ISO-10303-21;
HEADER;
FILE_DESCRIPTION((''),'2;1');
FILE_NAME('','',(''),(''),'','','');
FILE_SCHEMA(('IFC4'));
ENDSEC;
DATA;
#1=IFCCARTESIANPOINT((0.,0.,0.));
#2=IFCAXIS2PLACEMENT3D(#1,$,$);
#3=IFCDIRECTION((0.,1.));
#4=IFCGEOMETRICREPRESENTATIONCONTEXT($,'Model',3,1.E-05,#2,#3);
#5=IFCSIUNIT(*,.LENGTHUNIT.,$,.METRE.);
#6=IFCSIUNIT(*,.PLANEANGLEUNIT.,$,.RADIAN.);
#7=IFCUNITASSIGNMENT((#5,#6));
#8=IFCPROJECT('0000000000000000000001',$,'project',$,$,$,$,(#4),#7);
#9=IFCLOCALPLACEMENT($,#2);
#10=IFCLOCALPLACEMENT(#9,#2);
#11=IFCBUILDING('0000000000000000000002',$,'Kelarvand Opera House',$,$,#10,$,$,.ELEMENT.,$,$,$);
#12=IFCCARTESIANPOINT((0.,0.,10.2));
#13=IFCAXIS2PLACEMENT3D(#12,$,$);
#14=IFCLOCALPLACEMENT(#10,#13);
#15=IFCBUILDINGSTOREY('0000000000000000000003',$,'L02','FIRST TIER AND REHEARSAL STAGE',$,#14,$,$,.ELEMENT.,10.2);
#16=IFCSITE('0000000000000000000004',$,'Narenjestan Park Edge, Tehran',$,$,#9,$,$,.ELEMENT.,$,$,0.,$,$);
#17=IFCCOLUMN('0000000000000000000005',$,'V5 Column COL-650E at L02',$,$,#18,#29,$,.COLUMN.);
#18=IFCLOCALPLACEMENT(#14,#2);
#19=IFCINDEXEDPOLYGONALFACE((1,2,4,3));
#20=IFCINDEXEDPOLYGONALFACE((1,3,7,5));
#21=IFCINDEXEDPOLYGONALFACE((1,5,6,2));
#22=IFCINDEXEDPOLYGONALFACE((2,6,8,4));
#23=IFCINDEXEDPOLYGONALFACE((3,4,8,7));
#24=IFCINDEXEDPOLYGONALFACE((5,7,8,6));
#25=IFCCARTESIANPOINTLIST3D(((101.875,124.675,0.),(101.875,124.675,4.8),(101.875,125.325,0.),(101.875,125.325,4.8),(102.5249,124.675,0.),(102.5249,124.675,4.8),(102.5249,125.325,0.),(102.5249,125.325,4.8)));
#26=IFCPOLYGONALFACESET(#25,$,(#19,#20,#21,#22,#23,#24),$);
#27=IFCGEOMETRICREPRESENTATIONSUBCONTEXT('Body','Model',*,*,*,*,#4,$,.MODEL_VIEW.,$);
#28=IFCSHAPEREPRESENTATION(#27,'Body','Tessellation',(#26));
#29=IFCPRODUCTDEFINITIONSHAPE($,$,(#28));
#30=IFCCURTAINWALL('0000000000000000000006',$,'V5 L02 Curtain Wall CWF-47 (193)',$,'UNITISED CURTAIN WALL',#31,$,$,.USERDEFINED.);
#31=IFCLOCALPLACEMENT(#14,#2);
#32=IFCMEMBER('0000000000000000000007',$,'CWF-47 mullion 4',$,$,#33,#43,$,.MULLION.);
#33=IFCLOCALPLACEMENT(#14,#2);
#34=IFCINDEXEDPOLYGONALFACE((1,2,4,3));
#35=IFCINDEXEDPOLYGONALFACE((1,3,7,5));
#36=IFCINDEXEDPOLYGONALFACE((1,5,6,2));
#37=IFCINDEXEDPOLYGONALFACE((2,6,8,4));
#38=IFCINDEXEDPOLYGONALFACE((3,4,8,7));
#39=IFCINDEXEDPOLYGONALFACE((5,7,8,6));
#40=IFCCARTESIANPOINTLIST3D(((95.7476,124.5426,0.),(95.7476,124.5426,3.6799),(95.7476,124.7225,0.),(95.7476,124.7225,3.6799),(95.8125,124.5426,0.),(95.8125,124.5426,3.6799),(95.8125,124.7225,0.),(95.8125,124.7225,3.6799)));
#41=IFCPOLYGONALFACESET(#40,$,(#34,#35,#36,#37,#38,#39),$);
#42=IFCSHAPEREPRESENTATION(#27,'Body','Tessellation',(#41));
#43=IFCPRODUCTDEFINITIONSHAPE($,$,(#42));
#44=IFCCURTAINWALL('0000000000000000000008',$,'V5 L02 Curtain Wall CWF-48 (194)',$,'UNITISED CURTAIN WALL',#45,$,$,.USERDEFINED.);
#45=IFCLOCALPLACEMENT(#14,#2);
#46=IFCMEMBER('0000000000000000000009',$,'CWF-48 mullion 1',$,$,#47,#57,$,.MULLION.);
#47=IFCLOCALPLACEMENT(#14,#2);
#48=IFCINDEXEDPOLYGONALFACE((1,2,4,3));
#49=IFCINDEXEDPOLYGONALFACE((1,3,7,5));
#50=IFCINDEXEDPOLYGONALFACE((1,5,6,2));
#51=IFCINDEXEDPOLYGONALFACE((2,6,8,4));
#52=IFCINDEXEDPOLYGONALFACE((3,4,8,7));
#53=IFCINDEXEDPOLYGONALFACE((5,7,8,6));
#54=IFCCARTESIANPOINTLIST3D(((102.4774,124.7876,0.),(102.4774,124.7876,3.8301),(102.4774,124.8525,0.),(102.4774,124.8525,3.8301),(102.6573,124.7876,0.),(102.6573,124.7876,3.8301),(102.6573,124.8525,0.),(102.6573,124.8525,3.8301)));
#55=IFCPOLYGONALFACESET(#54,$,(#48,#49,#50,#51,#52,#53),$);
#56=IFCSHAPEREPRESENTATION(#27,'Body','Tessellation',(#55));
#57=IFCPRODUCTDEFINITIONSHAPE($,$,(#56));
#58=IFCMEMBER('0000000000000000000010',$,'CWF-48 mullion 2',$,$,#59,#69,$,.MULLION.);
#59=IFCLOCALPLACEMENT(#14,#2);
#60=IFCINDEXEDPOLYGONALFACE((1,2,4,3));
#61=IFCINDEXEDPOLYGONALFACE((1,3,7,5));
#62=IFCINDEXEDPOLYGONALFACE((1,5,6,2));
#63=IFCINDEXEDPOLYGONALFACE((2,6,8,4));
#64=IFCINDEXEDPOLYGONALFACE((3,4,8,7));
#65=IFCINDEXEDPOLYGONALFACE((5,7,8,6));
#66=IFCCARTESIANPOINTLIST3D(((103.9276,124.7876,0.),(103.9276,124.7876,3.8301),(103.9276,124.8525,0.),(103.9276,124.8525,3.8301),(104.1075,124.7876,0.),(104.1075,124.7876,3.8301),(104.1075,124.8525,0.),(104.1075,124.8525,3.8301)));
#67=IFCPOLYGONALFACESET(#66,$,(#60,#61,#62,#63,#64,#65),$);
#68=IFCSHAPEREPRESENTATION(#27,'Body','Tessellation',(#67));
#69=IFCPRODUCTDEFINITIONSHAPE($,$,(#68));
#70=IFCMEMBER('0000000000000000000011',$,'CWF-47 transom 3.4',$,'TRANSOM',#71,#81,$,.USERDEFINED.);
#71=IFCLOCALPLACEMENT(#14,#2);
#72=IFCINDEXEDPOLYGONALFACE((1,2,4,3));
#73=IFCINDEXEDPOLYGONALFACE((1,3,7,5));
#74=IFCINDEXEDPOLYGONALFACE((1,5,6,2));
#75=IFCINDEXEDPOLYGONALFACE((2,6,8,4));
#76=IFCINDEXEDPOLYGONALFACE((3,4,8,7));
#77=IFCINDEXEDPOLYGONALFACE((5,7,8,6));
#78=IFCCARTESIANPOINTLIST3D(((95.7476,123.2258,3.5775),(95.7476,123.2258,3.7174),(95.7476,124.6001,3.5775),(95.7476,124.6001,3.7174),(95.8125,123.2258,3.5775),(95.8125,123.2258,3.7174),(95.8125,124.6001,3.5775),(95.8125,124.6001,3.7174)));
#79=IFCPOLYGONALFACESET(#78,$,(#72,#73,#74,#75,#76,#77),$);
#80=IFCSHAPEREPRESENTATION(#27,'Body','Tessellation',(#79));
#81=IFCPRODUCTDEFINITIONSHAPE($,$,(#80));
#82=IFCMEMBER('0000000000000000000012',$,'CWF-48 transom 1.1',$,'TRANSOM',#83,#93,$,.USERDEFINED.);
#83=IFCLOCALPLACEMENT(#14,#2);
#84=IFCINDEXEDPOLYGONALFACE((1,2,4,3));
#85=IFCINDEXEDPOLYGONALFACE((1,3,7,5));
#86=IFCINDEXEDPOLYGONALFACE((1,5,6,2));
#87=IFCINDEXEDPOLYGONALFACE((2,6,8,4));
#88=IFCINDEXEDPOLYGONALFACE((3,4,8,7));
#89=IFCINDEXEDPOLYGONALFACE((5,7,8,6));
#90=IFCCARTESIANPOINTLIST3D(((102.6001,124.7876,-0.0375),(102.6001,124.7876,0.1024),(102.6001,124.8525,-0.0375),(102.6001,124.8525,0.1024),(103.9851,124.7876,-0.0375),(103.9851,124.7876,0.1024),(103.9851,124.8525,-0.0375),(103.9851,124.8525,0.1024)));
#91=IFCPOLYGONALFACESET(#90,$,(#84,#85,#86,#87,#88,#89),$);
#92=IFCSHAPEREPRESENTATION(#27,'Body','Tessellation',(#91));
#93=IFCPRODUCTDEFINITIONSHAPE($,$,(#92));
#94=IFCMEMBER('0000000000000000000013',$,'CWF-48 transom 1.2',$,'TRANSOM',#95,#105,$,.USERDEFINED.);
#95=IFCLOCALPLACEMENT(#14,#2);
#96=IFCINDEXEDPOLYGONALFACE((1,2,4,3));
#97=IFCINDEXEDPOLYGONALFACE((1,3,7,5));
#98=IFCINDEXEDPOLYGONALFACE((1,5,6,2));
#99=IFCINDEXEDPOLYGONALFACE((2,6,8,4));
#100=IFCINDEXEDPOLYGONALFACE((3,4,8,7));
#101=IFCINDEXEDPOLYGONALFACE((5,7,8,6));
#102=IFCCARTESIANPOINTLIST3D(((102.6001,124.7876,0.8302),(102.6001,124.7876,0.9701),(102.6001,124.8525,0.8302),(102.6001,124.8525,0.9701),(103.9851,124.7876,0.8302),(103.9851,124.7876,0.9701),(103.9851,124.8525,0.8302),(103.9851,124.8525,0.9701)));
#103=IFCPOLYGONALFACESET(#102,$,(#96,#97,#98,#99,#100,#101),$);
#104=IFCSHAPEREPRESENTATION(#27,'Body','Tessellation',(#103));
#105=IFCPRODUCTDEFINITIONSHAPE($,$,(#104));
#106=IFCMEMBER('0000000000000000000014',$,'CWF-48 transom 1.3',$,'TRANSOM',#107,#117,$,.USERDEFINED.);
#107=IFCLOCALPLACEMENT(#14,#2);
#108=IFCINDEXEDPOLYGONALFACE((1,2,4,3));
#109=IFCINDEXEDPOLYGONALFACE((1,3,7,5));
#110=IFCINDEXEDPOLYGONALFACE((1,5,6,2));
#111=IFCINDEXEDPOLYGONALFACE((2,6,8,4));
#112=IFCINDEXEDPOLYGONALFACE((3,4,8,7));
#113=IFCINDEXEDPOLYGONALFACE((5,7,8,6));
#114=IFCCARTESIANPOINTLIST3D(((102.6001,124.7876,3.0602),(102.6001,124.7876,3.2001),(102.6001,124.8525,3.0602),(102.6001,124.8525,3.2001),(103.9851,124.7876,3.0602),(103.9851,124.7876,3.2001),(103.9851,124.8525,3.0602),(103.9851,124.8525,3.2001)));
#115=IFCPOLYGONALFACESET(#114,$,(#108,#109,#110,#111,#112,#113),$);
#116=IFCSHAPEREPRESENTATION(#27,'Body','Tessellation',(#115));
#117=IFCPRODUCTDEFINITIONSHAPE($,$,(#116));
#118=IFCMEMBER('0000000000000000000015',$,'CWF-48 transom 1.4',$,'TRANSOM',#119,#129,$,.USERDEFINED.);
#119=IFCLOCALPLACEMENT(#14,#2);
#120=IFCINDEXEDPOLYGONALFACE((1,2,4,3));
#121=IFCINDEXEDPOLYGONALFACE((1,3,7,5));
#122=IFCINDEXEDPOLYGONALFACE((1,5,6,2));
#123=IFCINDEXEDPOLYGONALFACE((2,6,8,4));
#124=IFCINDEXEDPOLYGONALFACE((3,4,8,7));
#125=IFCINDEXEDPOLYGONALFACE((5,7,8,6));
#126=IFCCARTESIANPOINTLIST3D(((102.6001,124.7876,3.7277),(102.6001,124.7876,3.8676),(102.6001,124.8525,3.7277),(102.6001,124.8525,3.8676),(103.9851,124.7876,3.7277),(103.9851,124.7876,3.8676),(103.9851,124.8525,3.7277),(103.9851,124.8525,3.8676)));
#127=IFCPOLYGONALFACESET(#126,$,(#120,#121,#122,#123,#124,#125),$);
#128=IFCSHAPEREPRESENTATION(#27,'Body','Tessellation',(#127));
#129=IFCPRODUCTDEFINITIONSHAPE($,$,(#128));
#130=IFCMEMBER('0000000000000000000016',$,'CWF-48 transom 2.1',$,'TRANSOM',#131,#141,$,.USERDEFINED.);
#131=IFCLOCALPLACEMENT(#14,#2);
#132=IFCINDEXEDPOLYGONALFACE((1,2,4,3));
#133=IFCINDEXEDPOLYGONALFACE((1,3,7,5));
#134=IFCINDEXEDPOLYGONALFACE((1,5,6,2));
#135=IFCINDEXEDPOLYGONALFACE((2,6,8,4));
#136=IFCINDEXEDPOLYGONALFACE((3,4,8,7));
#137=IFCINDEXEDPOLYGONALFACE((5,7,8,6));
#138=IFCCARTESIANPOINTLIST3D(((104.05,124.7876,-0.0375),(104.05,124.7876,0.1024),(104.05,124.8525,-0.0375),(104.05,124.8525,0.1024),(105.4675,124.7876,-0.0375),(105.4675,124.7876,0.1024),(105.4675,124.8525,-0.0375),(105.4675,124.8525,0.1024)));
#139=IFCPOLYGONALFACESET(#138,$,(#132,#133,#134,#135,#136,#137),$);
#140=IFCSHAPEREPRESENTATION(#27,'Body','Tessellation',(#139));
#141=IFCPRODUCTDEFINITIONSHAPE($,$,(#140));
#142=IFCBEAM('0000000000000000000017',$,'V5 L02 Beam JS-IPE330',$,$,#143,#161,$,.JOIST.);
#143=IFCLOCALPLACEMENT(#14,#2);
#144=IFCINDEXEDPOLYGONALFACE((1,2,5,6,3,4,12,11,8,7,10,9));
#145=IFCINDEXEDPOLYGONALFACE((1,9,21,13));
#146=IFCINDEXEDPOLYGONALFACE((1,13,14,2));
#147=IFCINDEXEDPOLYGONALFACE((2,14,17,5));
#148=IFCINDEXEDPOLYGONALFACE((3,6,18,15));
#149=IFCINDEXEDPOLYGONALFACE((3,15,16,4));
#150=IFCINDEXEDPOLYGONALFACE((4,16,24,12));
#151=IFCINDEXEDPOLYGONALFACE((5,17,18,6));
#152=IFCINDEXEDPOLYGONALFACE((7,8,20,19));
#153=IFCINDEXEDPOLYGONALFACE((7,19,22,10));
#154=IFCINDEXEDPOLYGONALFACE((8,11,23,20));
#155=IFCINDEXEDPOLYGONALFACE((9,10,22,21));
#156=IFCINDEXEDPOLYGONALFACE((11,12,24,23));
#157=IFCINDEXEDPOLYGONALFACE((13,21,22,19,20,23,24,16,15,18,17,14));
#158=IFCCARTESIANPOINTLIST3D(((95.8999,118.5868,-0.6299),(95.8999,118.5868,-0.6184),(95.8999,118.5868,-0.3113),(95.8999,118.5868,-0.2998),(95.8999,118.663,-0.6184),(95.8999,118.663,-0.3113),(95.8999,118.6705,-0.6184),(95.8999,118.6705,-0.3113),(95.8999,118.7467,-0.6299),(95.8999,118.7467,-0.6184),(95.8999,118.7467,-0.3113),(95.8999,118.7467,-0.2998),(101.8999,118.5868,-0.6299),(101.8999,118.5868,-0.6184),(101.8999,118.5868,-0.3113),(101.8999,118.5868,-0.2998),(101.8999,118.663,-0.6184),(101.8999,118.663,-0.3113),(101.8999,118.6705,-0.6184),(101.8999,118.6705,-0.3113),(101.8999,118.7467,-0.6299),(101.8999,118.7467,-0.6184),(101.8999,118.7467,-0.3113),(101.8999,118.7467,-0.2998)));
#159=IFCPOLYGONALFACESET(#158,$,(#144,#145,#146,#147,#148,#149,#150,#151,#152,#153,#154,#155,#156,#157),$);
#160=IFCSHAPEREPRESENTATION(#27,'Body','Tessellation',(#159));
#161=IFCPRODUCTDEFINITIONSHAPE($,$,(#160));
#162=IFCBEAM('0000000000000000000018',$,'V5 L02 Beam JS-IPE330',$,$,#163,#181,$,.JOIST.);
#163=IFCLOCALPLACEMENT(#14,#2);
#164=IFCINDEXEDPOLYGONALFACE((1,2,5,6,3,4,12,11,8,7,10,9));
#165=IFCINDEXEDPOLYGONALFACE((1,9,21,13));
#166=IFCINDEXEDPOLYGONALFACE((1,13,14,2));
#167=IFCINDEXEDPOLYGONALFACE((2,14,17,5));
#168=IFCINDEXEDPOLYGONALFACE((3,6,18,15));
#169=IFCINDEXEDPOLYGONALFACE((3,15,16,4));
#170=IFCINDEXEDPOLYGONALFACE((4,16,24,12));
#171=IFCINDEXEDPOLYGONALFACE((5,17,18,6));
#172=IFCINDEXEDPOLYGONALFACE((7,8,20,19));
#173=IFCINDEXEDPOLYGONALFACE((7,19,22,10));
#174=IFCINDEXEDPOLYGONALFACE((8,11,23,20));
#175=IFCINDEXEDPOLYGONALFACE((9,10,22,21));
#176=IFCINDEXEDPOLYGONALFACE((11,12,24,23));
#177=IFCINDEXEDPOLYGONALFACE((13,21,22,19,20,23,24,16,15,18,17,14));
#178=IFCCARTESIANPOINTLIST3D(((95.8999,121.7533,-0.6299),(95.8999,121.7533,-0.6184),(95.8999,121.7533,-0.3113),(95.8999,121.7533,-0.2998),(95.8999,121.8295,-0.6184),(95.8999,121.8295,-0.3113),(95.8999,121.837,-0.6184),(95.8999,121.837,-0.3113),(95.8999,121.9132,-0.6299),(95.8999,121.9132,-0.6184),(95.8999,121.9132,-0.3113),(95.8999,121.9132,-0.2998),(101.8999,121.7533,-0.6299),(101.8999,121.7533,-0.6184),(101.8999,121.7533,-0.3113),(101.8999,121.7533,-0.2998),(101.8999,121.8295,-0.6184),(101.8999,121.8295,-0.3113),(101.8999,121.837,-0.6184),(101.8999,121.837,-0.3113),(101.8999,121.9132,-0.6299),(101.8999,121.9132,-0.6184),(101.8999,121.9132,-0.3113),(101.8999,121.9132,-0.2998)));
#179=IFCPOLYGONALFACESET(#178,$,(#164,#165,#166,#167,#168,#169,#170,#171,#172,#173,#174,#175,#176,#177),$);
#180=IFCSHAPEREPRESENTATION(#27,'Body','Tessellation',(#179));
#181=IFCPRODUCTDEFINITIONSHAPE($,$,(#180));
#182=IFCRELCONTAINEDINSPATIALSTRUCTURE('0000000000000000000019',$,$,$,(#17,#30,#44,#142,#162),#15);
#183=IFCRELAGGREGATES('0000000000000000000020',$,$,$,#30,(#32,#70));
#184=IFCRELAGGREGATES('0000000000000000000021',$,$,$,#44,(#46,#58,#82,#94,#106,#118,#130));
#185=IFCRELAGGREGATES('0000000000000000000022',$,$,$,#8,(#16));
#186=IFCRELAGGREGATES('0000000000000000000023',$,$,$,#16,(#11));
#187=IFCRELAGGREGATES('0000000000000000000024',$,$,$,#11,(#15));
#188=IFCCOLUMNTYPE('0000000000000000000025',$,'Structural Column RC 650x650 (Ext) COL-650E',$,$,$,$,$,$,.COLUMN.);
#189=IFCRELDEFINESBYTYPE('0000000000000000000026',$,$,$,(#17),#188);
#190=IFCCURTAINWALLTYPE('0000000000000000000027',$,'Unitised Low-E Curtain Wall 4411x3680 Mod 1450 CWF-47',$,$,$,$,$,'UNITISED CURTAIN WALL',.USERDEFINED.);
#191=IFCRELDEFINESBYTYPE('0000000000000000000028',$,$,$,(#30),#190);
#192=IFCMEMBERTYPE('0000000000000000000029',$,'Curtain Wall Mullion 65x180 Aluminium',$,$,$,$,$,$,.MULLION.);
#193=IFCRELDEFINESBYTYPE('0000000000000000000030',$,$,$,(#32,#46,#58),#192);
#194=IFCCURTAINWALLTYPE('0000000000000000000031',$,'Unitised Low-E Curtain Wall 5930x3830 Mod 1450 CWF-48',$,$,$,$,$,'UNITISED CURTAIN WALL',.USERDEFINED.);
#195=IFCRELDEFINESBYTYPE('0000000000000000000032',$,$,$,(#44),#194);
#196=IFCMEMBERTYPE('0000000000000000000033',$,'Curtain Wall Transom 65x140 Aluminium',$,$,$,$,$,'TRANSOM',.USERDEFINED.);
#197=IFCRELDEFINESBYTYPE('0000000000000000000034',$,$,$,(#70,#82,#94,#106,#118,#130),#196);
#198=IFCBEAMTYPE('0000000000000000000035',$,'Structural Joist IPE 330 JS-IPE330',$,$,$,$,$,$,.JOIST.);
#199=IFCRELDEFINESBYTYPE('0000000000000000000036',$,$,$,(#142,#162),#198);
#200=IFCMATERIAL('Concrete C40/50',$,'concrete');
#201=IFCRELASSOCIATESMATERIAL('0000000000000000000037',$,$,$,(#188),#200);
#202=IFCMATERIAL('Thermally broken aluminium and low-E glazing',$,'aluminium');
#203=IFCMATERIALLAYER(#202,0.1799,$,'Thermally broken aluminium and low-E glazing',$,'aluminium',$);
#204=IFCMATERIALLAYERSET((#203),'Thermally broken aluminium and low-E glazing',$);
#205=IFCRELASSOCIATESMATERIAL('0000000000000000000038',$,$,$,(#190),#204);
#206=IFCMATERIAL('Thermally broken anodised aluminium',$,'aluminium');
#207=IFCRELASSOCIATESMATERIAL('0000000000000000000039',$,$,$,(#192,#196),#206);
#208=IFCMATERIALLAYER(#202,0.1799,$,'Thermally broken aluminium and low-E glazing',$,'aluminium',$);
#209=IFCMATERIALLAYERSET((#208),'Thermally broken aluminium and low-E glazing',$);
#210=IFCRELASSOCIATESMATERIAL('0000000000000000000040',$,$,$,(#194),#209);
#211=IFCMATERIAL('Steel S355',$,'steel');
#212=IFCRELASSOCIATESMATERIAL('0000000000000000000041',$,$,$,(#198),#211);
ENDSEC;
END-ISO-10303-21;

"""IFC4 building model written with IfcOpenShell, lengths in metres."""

from ifc_helpers import new_model, si_unit, direction, frame, origin, origin_2d, place, context, subcontext, project, spatial, rectangle, i_section, extrude, material, layer, layer_set, material_profile, profile_set, type_object, element, aggregate, save


model = new_model("IFC4")

# Units and contexts
model_context = context("Model", 3, precision=1e-05, world=origin(), true_north=direction((0.0, 1.0)))
body_context = subcontext(model_context, "Body", "Model", "MODEL_VIEW")
ifc_project = project(units=[si_unit("LENGTHUNIT", "METRE"), si_unit("PLANEANGLEUNIT", "RADIAN")], contexts=[model_context])

# Site, building, storey
site_placement = place(None, origin())
site = spatial("IfcSite", under=ifc_project, at=site_placement, Name="Narenjestan Park Edge, Tehran", CompositionType="ELEMENT", RefElevation=0.0)
building_placement = place(site_placement, origin())
building = spatial("IfcBuilding", under=site, at=building_placement, Name="Kelarvand Opera House", CompositionType="ELEMENT")
storey_placement = place(building_placement, frame((0.0, 0.0, 10.2)))
storey = spatial("IfcBuildingStorey", under=building, at=storey_placement, Name="L02", Description="FIRST TIER AND REHEARSAL STAGE", CompositionType="ELEMENT", Elevation=10.2)

# Column
ifc_material_1 = material(Name="Concrete C40/50", Category="concrete")
ifc_material_profile_1 = material_profile(ifc_material_1, rectangle(XDim=0.6499, YDim=0.6499, at=origin_2d()), Name="RC 650x650", Category="concrete")
ifc_profile_set_1 = profile_set([ifc_material_profile_1], Name="Concrete C40/50")
column_type = type_object("IfcColumnType", Name="Structural Column RC 650x650 (Ext) COL-650E", PredefinedType="COLUMN", material=ifc_profile_set_1)
column_placement = place(storey_placement, frame((102.2, 125.0, 0.0), z_axis=(0.0, 0.0, 1.0), x_axis=(1.0, 0.0, 0.0)))
element("IfcColumn", 1, at=column_placement, inside=storey, type_object=column_type, Name="V5 Column COL-650E at L02", PredefinedType="COLUMN", context=body_context, shape_type="SweptSolid", body=[
    extrude(rectangle(XDim=0.6499, YDim=0.6499, at=origin_2d()), origin(), (0.0, 0.0, 1.0), 4.8),
])

# Curtain wall, member
ifc_material_2 = material(Name="Thermally broken aluminium and low-E glazing", Category="aluminium")
ifc_layer_1 = layer(ifc_material_2, 0.1799, Name="Thermally broken aluminium and low-E glazing", Category="aluminium")
ifc_layer_set_1 = layer_set([ifc_layer_1], Name="Thermally broken aluminium and low-E glazing")
curtain_wall_type_1 = type_object("IfcCurtainWallType", Name="Unitised Low-E Curtain Wall 4411x3680 Mod 1450 CWF-47", ElementType="UNITISED CURTAIN WALL", PredefinedType="USERDEFINED", material=ifc_layer_set_1)
curtain_wall_1_placement = place(storey_placement, origin())
curtain_wall_1 = element("IfcCurtainWall", 2, at=curtain_wall_1_placement, inside=storey, type_object=curtain_wall_type_1, Name="V5 L02 Curtain Wall CWF-47 (193)", ObjectType="UNITISED CURTAIN WALL", PredefinedType="USERDEFINED")
ifc_material_3 = material(Name="Thermally broken anodised aluminium", Category="aluminium")
ifc_material_profile_2 = material_profile(ifc_material_3, rectangle(XDim=0.0649, YDim=0.1799, at=origin_2d()), Name="ALU MULLION 65x180", Category="aluminium")
ifc_profile_set_2 = profile_set([ifc_material_profile_2], Name="Thermally broken anodised aluminium")
member_type_1 = type_object("IfcMemberType", Name="Curtain Wall Mullion 65x180 Aluminium", PredefinedType="MULLION", material=ifc_profile_set_2)
member_1_placement = place(storey_placement, frame((95.78, 124.6326, 0.0), z_axis=(0.0, 0.0, 1.0), x_axis=(-1.0, 0.0, 0.0)))
member_1 = element("IfcMember", 3, at=member_1_placement, type_object=member_type_1, Name="CWF-47 mullion 4", PredefinedType="MULLION", context=body_context, shape_type="SweptSolid", body=[
    extrude(rectangle(XDim=0.0649, YDim=0.1799, at=origin_2d()), origin(), (0.0, 0.0, 1.0), 3.6799),
])

# Curtain wall, members
ifc_layer_2 = layer(ifc_material_2, 0.1799, Name="Thermally broken aluminium and low-E glazing", Category="aluminium")
ifc_layer_set_2 = layer_set([ifc_layer_2], Name="Thermally broken aluminium and low-E glazing")
curtain_wall_type_2 = type_object("IfcCurtainWallType", Name="Unitised Low-E Curtain Wall 5930x3830 Mod 1450 CWF-48", ElementType="UNITISED CURTAIN WALL", PredefinedType="USERDEFINED", material=ifc_layer_set_2)
curtain_wall_2_placement = place(storey_placement, origin())
curtain_wall_2 = element("IfcCurtainWall", 4, at=curtain_wall_2_placement, inside=storey, type_object=curtain_wall_type_2, Name="V5 L02 Curtain Wall CWF-48 (194)", ObjectType="UNITISED CURTAIN WALL", PredefinedType="USERDEFINED")
member_2_placement = place(storey_placement, frame((102.5674, 124.8201, 0.0), z_axis=(0.0, 0.0, 1.0), x_axis=(0.0, 1.0, 0.0)))
member_2 = element("IfcMember", 5, at=member_2_placement, type_object=member_type_1, Name="CWF-48 mullion 1", PredefinedType="MULLION", context=body_context, shape_type="SweptSolid", body=[
    extrude(rectangle(XDim=0.0649, YDim=0.1799, at=origin_2d()), origin(), (0.0, 0.0, 1.0), 3.8301),
])
member_3_placement = place(storey_placement, frame((104.0176, 124.8201, 0.0), z_axis=(0.0, 0.0, 1.0), x_axis=(0.0, 1.0, 0.0)))
member_3 = element("IfcMember", 6, at=member_3_placement, type_object=member_type_1, Name="CWF-48 mullion 2", PredefinedType="MULLION", context=body_context, shape_type="SweptSolid", body=[
    extrude(rectangle(XDim=0.0649, YDim=0.1799, at=origin_2d()), origin(), (0.0, 0.0, 1.0), 3.8301),
])

# Members
ifc_material_profile_3 = material_profile(ifc_material_3, rectangle(XDim=0.0649, YDim=0.1399, at=origin_2d()), Name="ALU TRANSOM 65x140", Category="aluminium")
ifc_profile_set_3 = profile_set([ifc_material_profile_3], Name="Thermally broken anodised aluminium")
member_type_2 = type_object("IfcMemberType", Name="Curtain Wall Transom 65x140 Aluminium", ElementType="TRANSOM", PredefinedType="USERDEFINED", material=ifc_profile_set_3)
member_4_placement = place(storey_placement, frame((95.78, 123.2258, 3.6475), z_axis=(0.0, 1.0, 0.0), x_axis=(-1.0, 0.0, 0.0)))
member_4 = element("IfcMember", 7, at=member_4_placement, type_object=member_type_2, Name="CWF-47 transom 3.4", ObjectType="TRANSOM", PredefinedType="USERDEFINED", context=body_context, shape_type="SweptSolid", body=[
    extrude(rectangle(XDim=0.0649, YDim=0.1399, at=origin_2d()), origin(), (0.0, 0.0, 1.0), 1.3743),
])
member_5_placement = place(storey_placement, frame((102.6001, 124.8201, 0.0325), z_axis=(1.0, 0.0, 0.0), x_axis=(0.0, 1.0, 0.0)))
member_5 = element("IfcMember", 8, at=member_5_placement, type_object=member_type_2, Name="CWF-48 transom 1.1", ObjectType="TRANSOM", PredefinedType="USERDEFINED", context=body_context, shape_type="SweptSolid", body=[
    extrude(rectangle(XDim=0.0649, YDim=0.1399, at=origin_2d()), origin(), (0.0, 0.0, 1.0), 1.385),
])
member_6_placement = place(storey_placement, frame((102.6001, 124.8201, 0.9001), z_axis=(1.0, 0.0, 0.0), x_axis=(0.0, 1.0, 0.0)))
member_6 = element("IfcMember", 9, at=member_6_placement, type_object=member_type_2, Name="CWF-48 transom 1.2", ObjectType="TRANSOM", PredefinedType="USERDEFINED", context=body_context, shape_type="SweptSolid", body=[
    extrude(rectangle(XDim=0.0649, YDim=0.1399, at=origin_2d()), origin(), (0.0, 0.0, 1.0), 1.385),
])
member_7_placement = place(storey_placement, frame((102.6001, 124.8201, 3.1301), z_axis=(1.0, 0.0, 0.0), x_axis=(0.0, 1.0, 0.0)))
member_7 = element("IfcMember", 10, at=member_7_placement, type_object=member_type_2, Name="CWF-48 transom 1.3", ObjectType="TRANSOM", PredefinedType="USERDEFINED", context=body_context, shape_type="SweptSolid", body=[
    extrude(rectangle(XDim=0.0649, YDim=0.1399, at=origin_2d()), origin(), (0.0, 0.0, 1.0), 1.385),
])
member_8_placement = place(storey_placement, frame((102.6001, 124.8201, 3.7976), z_axis=(1.0, 0.0, 0.0), x_axis=(0.0, 1.0, 0.0)))
member_8 = element("IfcMember", 11, at=member_8_placement, type_object=member_type_2, Name="CWF-48 transom 1.4", ObjectType="TRANSOM", PredefinedType="USERDEFINED", context=body_context, shape_type="SweptSolid", body=[
    extrude(rectangle(XDim=0.0649, YDim=0.1399, at=origin_2d()), origin(), (0.0, 0.0, 1.0), 1.385),
])
member_9_placement = place(storey_placement, frame((104.05, 124.8201, 0.0325), z_axis=(1.0, 0.0, 0.0), x_axis=(0.0, 1.0, 0.0)))
member_9 = element("IfcMember", 12, at=member_9_placement, type_object=member_type_2, Name="CWF-48 transom 2.1", ObjectType="TRANSOM", PredefinedType="USERDEFINED", context=body_context, shape_type="SweptSolid", body=[
    extrude(rectangle(XDim=0.0649, YDim=0.1399, at=origin_2d()), origin(), (0.0, 0.0, 1.0), 1.4175),
])

# Beams
ifc_material_4 = material(Name="Steel S355", Category="steel")
ifc_material_profile_4 = material_profile(ifc_material_4, i_section(OverallWidth=0.1599, OverallDepth=0.3301, WebThickness=0.0076, FlangeThickness=0.0115, at=origin_2d()), Name="IPE 330", Category="steel")
ifc_profile_set_4 = profile_set([ifc_material_profile_4], Name="Steel S355")
beam_type_1 = type_object("IfcBeamType", Name="Structural Joist IPE 330 JS-IPE330", PredefinedType="JOIST", material=ifc_profile_set_4)
for number, where, z_axis, x_axis, name in (
    (13, (95.8999, 118.6667, -0.4648), (1.0, 0.0, 0.0), (0.0, 1.0, 0.0), "V5 L02 Beam JS-IPE330"),
    (14, (95.8999, 121.8333, -0.4648), (1.0, 0.0, 0.0), (0.0, 1.0, 0.0), "V5 L02 Beam JS-IPE330"),
):
    element("IfcBeam", number, at=place(storey_placement, frame(where, z_axis=z_axis, x_axis=x_axis)), inside=storey, type_object=beam_type_1, Name=name, PredefinedType="JOIST", context=body_context, shape_type="SweptSolid", body=[
        extrude(i_section(OverallWidth=0.1599, OverallDepth=0.3301, WebThickness=0.0076, FlangeThickness=0.0115, at=origin_2d()), origin(), (0.0, 0.0, 1.0), 6.0),
    ])

aggregate(curtain_wall_1, [member_1, member_4])
aggregate(curtain_wall_2, [member_2, member_3, member_5, member_6, member_7, member_8, member_9])

save(model, "model.ifc")
